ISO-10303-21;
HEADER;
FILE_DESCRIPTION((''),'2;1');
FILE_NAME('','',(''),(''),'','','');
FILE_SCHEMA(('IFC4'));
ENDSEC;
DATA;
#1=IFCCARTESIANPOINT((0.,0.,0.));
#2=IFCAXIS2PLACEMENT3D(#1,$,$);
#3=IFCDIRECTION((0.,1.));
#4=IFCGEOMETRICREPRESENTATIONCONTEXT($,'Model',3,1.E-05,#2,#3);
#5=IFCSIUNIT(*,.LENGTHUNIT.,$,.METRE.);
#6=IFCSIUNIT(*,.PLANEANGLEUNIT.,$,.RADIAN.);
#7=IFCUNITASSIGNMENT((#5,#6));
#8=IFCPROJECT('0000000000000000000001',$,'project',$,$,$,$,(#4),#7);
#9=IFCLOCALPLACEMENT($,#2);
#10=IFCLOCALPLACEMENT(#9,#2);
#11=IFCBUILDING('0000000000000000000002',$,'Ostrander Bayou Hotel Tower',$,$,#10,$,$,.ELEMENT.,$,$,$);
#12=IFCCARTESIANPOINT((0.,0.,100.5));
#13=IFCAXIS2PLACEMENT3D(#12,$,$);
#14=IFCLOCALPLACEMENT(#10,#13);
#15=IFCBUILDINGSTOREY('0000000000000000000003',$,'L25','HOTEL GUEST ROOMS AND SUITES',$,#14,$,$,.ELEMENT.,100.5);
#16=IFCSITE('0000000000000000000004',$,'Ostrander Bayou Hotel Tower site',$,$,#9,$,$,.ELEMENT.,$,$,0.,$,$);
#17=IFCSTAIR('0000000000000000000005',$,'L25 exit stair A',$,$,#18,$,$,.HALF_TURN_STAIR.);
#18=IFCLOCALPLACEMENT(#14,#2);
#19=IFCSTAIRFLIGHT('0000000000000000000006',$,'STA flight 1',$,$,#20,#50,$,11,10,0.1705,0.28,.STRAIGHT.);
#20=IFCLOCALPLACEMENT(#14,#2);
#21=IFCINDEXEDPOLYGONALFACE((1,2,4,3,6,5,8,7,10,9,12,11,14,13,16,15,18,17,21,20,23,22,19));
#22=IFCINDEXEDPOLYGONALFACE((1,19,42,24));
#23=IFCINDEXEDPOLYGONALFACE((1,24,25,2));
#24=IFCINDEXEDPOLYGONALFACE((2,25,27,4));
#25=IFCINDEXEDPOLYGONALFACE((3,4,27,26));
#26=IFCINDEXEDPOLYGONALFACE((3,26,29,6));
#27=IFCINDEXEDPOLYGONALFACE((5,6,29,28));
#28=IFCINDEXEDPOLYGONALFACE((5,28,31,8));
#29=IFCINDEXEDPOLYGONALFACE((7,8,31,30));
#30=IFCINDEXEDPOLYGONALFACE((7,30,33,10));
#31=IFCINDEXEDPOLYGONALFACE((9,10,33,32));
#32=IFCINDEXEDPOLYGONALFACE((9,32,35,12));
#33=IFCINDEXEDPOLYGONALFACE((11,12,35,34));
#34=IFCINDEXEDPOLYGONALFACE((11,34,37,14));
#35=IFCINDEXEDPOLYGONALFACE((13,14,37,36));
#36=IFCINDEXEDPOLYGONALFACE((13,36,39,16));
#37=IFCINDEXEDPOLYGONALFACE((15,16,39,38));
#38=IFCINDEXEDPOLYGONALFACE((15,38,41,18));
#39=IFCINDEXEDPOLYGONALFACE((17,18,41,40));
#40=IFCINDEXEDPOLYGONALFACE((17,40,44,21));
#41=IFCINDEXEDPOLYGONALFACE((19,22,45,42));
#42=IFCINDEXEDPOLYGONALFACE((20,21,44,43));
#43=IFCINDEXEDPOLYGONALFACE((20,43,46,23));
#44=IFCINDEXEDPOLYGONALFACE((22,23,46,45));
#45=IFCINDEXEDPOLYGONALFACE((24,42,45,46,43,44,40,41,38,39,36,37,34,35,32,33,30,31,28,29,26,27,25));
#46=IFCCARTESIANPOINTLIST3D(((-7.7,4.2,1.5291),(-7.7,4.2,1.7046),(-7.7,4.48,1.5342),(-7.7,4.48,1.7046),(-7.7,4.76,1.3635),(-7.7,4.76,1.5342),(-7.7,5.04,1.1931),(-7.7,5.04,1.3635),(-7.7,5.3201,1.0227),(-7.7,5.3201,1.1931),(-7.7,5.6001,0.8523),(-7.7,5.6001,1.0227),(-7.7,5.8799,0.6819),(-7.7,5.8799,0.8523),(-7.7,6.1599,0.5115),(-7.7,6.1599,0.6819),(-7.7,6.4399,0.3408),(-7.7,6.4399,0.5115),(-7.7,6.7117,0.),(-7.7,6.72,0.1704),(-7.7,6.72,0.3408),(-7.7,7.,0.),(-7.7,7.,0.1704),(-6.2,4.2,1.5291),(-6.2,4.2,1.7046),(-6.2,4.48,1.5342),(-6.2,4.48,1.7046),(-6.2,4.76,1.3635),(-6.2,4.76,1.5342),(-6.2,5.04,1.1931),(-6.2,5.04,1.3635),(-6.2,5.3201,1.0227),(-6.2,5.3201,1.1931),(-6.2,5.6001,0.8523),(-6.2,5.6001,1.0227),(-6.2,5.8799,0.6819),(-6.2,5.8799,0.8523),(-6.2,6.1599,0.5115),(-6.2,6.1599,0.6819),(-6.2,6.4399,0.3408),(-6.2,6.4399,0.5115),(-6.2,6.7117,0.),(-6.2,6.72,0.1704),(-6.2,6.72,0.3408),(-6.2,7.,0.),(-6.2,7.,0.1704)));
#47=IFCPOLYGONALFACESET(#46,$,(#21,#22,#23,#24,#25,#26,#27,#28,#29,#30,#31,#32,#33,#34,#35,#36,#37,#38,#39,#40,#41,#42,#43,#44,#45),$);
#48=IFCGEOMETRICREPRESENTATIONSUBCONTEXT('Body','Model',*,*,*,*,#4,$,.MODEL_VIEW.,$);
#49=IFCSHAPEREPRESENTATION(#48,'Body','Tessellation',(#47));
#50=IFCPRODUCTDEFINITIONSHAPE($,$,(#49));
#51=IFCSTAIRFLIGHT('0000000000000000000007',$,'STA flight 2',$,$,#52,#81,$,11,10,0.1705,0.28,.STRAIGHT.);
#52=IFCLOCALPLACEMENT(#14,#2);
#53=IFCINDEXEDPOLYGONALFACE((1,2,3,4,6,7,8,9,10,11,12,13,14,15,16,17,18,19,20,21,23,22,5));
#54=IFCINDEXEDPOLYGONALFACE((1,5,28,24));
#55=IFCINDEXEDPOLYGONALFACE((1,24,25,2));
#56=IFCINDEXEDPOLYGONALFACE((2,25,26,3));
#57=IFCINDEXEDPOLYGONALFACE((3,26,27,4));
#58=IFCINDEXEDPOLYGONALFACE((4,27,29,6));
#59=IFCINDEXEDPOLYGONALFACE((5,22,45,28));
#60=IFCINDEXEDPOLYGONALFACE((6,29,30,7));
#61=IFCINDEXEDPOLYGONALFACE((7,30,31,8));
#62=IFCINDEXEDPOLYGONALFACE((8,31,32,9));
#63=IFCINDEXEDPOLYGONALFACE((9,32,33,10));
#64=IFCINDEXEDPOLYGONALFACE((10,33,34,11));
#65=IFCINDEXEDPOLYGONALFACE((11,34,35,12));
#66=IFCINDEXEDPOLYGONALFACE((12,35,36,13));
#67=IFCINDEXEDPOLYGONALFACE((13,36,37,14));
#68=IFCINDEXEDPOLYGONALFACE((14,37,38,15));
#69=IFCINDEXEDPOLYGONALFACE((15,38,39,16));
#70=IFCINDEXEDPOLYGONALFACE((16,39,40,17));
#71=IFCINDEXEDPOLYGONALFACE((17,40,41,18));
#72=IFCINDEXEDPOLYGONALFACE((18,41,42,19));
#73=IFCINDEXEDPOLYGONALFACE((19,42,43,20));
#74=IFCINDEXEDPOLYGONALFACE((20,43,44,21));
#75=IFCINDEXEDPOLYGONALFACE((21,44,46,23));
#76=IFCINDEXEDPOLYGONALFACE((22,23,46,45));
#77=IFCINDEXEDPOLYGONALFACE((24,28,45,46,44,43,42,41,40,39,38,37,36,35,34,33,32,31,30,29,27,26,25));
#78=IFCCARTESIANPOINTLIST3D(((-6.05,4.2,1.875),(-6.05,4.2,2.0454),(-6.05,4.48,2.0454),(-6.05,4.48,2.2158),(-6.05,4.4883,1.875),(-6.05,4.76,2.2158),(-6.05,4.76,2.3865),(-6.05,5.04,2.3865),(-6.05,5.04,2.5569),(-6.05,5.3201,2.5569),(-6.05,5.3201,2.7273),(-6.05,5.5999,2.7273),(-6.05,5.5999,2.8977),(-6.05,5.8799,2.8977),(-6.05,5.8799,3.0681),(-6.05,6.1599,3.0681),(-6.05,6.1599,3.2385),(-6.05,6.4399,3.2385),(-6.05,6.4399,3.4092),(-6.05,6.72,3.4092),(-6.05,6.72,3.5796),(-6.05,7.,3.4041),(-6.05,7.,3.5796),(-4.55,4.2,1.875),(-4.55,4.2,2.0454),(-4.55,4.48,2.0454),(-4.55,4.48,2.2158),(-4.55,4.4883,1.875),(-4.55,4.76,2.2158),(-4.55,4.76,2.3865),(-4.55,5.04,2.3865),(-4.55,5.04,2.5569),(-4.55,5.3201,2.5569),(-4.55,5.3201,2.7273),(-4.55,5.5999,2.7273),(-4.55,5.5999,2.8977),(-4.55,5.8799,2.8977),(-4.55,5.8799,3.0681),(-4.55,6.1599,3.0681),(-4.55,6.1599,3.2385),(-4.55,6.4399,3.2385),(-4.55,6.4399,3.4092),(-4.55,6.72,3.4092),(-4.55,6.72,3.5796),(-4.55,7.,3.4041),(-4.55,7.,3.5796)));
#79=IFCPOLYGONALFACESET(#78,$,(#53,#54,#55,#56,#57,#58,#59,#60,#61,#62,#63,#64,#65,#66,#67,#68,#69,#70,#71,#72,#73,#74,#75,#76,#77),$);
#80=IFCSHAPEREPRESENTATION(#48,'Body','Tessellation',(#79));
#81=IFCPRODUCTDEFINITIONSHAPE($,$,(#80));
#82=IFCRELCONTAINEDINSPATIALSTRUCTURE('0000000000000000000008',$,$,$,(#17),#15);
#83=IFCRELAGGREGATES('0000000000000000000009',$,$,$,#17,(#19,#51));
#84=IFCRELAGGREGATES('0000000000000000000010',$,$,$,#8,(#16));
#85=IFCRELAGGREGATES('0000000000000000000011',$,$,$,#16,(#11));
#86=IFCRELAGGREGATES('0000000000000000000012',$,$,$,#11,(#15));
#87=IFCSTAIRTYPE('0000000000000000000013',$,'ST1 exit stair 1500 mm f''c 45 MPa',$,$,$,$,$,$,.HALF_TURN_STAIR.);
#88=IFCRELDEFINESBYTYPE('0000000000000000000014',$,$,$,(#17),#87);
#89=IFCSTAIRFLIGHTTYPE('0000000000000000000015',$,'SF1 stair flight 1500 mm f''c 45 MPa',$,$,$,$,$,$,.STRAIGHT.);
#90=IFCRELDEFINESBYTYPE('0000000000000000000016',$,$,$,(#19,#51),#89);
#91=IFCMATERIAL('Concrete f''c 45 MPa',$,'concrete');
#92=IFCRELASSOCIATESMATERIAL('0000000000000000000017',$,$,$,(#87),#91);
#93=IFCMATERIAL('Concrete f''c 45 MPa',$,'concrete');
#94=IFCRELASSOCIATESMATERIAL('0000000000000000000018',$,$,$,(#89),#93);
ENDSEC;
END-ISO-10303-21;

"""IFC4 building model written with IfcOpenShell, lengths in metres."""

from ifc_helpers import new_model, si_unit, direction, frame, origin, place, context, subcontext, project, spatial, polyline, outline, extrude, material, type_object, element, aggregate, save


model = new_model("IFC4")

# Units and contexts
model_context = context("Model", 3, precision=1e-05, world=origin(), true_north=direction((0.0, 1.0)))
body_context = subcontext(model_context, "Body", "Model", "MODEL_VIEW")
ifc_project = project(units=[si_unit("LENGTHUNIT", "METRE"), si_unit("PLANEANGLEUNIT", "RADIAN")], contexts=[model_context])

# Site, building, storey
site_placement = place(None, origin())
site = spatial("IfcSite", under=ifc_project, at=site_placement, Name="Ostrander Bayou Hotel Tower site", CompositionType="ELEMENT", RefElevation=0.0)
building_placement = place(site_placement, origin())
building = spatial("IfcBuilding", under=site, at=building_placement, Name="Ostrander Bayou Hotel Tower", CompositionType="ELEMENT")
storey_placement = place(building_placement, frame((0.0, 0.0, 100.5)))
storey = spatial("IfcBuildingStorey", under=building, at=storey_placement, Name="L25", Description="HOTEL GUEST ROOMS AND SUITES", CompositionType="ELEMENT", Elevation=100.5)

# Stair, stair flights
ifc_material_1 = material(Name="Concrete f'c 45 MPa", Category="concrete")
stair_type = type_object("IfcStairType", Name="ST1 exit stair 1500 mm f'c 45 MPa", PredefinedType="HALF_TURN_STAIR", material=ifc_material_1)
stair_placement = place(storey_placement, origin())
stair = element("IfcStair", 1, at=stair_placement, inside=storey, type_object=stair_type, Name="L25 exit stair A", PredefinedType="HALF_TURN_STAIR")
ifc_material_2 = material(Name="Concrete f'c 45 MPa", Category="concrete")
stair_flight_type = type_object("IfcStairFlightType", Name="SF1 stair flight 1500 mm f'c 45 MPa", PredefinedType="STRAIGHT", material=ifc_material_2)
stair_flight_1_placement = place(storey_placement, frame((-6.95, 7.0, 0.0), z_axis=(0.0, 0.0, 1.0), x_axis=(0.0, -1.0, 0.0)))
stair_flight_1 = element("IfcStairFlight", 2, at=stair_flight_1_placement, type_object=stair_flight_type, Name="STA flight 1", NumberOfRisers=11, NumberOfTreads=10, PredefinedType="STRAIGHT", RiserHeight=0.1705, TreadLength=0.28, context=body_context, shape_type="SweptSolid", body=[
    extrude(outline(polyline([(0.0, 0.0), (0.0, 0.1704), (0.28, 0.1704), (0.28, 0.3408), (0.5601, 0.3408), (0.5601, 0.5115), (0.8401, 0.5115), (0.8401, 0.6819), (1.1201, 0.6819), (1.1201, 0.8523), (1.3999, 0.8523), (1.3999, 1.0227), (1.6799, 1.0227), (1.6799, 1.1931), (1.96, 1.1931), (1.96, 1.3635), (2.24, 1.3635), (2.24, 1.5342), (2.52, 1.5342), (2.52, 1.7046), (2.8, 1.7046), (2.8, 1.875), (2.8, 1.5291), (0.2883, 0.0), (0.0, 0.0)])), frame((0.0, 0.75, 0.0), z_axis=(0.0, -1.0, 0.0), x_axis=(1.0, 0.0, 0.0)), (0.0, 0.0, 1.0), 1.5),
])
stair_flight_2_placement = place(storey_placement, frame((-5.3, 4.2, 1.875), z_axis=(0.0, 0.0, 1.0), x_axis=(0.0, 1.0, 0.0)))
stair_flight_2 = element("IfcStairFlight", 3, at=stair_flight_2_placement, type_object=stair_flight_type, Name="STA flight 2", NumberOfRisers=11, NumberOfTreads=10, PredefinedType="STRAIGHT", RiserHeight=0.1705, TreadLength=0.28, context=body_context, shape_type="SweptSolid", body=[
    extrude(outline(polyline([(0.0, 0.0), (0.0, 0.1704), (0.28, 0.1704), (0.28, 0.3408), (0.5601, 0.3408), (0.5601, 0.5115), (0.8401, 0.5115), (0.8401, 0.6819), (1.1201, 0.6819), (1.1201, 0.8523), (1.3999, 0.8523), (1.3999, 1.0227), (1.6799, 1.0227), (1.6799, 1.1931), (1.96, 1.1931), (1.96, 1.3635), (2.24, 1.3635), (2.24, 1.5342), (2.52, 1.5342), (2.52, 1.7046), (2.8, 1.7046), (2.8, 1.875), (2.8, 1.5291), (0.2883, 0.0), (0.0, 0.0)])), frame((0.0, 0.75, 0.0), z_axis=(0.0, -1.0, 0.0), x_axis=(1.0, 0.0, 0.0)), (0.0, 0.0, 1.0), 1.5),
])
aggregate(stair, [stair_flight_1, stair_flight_2])

save(model, "model.ifc")
